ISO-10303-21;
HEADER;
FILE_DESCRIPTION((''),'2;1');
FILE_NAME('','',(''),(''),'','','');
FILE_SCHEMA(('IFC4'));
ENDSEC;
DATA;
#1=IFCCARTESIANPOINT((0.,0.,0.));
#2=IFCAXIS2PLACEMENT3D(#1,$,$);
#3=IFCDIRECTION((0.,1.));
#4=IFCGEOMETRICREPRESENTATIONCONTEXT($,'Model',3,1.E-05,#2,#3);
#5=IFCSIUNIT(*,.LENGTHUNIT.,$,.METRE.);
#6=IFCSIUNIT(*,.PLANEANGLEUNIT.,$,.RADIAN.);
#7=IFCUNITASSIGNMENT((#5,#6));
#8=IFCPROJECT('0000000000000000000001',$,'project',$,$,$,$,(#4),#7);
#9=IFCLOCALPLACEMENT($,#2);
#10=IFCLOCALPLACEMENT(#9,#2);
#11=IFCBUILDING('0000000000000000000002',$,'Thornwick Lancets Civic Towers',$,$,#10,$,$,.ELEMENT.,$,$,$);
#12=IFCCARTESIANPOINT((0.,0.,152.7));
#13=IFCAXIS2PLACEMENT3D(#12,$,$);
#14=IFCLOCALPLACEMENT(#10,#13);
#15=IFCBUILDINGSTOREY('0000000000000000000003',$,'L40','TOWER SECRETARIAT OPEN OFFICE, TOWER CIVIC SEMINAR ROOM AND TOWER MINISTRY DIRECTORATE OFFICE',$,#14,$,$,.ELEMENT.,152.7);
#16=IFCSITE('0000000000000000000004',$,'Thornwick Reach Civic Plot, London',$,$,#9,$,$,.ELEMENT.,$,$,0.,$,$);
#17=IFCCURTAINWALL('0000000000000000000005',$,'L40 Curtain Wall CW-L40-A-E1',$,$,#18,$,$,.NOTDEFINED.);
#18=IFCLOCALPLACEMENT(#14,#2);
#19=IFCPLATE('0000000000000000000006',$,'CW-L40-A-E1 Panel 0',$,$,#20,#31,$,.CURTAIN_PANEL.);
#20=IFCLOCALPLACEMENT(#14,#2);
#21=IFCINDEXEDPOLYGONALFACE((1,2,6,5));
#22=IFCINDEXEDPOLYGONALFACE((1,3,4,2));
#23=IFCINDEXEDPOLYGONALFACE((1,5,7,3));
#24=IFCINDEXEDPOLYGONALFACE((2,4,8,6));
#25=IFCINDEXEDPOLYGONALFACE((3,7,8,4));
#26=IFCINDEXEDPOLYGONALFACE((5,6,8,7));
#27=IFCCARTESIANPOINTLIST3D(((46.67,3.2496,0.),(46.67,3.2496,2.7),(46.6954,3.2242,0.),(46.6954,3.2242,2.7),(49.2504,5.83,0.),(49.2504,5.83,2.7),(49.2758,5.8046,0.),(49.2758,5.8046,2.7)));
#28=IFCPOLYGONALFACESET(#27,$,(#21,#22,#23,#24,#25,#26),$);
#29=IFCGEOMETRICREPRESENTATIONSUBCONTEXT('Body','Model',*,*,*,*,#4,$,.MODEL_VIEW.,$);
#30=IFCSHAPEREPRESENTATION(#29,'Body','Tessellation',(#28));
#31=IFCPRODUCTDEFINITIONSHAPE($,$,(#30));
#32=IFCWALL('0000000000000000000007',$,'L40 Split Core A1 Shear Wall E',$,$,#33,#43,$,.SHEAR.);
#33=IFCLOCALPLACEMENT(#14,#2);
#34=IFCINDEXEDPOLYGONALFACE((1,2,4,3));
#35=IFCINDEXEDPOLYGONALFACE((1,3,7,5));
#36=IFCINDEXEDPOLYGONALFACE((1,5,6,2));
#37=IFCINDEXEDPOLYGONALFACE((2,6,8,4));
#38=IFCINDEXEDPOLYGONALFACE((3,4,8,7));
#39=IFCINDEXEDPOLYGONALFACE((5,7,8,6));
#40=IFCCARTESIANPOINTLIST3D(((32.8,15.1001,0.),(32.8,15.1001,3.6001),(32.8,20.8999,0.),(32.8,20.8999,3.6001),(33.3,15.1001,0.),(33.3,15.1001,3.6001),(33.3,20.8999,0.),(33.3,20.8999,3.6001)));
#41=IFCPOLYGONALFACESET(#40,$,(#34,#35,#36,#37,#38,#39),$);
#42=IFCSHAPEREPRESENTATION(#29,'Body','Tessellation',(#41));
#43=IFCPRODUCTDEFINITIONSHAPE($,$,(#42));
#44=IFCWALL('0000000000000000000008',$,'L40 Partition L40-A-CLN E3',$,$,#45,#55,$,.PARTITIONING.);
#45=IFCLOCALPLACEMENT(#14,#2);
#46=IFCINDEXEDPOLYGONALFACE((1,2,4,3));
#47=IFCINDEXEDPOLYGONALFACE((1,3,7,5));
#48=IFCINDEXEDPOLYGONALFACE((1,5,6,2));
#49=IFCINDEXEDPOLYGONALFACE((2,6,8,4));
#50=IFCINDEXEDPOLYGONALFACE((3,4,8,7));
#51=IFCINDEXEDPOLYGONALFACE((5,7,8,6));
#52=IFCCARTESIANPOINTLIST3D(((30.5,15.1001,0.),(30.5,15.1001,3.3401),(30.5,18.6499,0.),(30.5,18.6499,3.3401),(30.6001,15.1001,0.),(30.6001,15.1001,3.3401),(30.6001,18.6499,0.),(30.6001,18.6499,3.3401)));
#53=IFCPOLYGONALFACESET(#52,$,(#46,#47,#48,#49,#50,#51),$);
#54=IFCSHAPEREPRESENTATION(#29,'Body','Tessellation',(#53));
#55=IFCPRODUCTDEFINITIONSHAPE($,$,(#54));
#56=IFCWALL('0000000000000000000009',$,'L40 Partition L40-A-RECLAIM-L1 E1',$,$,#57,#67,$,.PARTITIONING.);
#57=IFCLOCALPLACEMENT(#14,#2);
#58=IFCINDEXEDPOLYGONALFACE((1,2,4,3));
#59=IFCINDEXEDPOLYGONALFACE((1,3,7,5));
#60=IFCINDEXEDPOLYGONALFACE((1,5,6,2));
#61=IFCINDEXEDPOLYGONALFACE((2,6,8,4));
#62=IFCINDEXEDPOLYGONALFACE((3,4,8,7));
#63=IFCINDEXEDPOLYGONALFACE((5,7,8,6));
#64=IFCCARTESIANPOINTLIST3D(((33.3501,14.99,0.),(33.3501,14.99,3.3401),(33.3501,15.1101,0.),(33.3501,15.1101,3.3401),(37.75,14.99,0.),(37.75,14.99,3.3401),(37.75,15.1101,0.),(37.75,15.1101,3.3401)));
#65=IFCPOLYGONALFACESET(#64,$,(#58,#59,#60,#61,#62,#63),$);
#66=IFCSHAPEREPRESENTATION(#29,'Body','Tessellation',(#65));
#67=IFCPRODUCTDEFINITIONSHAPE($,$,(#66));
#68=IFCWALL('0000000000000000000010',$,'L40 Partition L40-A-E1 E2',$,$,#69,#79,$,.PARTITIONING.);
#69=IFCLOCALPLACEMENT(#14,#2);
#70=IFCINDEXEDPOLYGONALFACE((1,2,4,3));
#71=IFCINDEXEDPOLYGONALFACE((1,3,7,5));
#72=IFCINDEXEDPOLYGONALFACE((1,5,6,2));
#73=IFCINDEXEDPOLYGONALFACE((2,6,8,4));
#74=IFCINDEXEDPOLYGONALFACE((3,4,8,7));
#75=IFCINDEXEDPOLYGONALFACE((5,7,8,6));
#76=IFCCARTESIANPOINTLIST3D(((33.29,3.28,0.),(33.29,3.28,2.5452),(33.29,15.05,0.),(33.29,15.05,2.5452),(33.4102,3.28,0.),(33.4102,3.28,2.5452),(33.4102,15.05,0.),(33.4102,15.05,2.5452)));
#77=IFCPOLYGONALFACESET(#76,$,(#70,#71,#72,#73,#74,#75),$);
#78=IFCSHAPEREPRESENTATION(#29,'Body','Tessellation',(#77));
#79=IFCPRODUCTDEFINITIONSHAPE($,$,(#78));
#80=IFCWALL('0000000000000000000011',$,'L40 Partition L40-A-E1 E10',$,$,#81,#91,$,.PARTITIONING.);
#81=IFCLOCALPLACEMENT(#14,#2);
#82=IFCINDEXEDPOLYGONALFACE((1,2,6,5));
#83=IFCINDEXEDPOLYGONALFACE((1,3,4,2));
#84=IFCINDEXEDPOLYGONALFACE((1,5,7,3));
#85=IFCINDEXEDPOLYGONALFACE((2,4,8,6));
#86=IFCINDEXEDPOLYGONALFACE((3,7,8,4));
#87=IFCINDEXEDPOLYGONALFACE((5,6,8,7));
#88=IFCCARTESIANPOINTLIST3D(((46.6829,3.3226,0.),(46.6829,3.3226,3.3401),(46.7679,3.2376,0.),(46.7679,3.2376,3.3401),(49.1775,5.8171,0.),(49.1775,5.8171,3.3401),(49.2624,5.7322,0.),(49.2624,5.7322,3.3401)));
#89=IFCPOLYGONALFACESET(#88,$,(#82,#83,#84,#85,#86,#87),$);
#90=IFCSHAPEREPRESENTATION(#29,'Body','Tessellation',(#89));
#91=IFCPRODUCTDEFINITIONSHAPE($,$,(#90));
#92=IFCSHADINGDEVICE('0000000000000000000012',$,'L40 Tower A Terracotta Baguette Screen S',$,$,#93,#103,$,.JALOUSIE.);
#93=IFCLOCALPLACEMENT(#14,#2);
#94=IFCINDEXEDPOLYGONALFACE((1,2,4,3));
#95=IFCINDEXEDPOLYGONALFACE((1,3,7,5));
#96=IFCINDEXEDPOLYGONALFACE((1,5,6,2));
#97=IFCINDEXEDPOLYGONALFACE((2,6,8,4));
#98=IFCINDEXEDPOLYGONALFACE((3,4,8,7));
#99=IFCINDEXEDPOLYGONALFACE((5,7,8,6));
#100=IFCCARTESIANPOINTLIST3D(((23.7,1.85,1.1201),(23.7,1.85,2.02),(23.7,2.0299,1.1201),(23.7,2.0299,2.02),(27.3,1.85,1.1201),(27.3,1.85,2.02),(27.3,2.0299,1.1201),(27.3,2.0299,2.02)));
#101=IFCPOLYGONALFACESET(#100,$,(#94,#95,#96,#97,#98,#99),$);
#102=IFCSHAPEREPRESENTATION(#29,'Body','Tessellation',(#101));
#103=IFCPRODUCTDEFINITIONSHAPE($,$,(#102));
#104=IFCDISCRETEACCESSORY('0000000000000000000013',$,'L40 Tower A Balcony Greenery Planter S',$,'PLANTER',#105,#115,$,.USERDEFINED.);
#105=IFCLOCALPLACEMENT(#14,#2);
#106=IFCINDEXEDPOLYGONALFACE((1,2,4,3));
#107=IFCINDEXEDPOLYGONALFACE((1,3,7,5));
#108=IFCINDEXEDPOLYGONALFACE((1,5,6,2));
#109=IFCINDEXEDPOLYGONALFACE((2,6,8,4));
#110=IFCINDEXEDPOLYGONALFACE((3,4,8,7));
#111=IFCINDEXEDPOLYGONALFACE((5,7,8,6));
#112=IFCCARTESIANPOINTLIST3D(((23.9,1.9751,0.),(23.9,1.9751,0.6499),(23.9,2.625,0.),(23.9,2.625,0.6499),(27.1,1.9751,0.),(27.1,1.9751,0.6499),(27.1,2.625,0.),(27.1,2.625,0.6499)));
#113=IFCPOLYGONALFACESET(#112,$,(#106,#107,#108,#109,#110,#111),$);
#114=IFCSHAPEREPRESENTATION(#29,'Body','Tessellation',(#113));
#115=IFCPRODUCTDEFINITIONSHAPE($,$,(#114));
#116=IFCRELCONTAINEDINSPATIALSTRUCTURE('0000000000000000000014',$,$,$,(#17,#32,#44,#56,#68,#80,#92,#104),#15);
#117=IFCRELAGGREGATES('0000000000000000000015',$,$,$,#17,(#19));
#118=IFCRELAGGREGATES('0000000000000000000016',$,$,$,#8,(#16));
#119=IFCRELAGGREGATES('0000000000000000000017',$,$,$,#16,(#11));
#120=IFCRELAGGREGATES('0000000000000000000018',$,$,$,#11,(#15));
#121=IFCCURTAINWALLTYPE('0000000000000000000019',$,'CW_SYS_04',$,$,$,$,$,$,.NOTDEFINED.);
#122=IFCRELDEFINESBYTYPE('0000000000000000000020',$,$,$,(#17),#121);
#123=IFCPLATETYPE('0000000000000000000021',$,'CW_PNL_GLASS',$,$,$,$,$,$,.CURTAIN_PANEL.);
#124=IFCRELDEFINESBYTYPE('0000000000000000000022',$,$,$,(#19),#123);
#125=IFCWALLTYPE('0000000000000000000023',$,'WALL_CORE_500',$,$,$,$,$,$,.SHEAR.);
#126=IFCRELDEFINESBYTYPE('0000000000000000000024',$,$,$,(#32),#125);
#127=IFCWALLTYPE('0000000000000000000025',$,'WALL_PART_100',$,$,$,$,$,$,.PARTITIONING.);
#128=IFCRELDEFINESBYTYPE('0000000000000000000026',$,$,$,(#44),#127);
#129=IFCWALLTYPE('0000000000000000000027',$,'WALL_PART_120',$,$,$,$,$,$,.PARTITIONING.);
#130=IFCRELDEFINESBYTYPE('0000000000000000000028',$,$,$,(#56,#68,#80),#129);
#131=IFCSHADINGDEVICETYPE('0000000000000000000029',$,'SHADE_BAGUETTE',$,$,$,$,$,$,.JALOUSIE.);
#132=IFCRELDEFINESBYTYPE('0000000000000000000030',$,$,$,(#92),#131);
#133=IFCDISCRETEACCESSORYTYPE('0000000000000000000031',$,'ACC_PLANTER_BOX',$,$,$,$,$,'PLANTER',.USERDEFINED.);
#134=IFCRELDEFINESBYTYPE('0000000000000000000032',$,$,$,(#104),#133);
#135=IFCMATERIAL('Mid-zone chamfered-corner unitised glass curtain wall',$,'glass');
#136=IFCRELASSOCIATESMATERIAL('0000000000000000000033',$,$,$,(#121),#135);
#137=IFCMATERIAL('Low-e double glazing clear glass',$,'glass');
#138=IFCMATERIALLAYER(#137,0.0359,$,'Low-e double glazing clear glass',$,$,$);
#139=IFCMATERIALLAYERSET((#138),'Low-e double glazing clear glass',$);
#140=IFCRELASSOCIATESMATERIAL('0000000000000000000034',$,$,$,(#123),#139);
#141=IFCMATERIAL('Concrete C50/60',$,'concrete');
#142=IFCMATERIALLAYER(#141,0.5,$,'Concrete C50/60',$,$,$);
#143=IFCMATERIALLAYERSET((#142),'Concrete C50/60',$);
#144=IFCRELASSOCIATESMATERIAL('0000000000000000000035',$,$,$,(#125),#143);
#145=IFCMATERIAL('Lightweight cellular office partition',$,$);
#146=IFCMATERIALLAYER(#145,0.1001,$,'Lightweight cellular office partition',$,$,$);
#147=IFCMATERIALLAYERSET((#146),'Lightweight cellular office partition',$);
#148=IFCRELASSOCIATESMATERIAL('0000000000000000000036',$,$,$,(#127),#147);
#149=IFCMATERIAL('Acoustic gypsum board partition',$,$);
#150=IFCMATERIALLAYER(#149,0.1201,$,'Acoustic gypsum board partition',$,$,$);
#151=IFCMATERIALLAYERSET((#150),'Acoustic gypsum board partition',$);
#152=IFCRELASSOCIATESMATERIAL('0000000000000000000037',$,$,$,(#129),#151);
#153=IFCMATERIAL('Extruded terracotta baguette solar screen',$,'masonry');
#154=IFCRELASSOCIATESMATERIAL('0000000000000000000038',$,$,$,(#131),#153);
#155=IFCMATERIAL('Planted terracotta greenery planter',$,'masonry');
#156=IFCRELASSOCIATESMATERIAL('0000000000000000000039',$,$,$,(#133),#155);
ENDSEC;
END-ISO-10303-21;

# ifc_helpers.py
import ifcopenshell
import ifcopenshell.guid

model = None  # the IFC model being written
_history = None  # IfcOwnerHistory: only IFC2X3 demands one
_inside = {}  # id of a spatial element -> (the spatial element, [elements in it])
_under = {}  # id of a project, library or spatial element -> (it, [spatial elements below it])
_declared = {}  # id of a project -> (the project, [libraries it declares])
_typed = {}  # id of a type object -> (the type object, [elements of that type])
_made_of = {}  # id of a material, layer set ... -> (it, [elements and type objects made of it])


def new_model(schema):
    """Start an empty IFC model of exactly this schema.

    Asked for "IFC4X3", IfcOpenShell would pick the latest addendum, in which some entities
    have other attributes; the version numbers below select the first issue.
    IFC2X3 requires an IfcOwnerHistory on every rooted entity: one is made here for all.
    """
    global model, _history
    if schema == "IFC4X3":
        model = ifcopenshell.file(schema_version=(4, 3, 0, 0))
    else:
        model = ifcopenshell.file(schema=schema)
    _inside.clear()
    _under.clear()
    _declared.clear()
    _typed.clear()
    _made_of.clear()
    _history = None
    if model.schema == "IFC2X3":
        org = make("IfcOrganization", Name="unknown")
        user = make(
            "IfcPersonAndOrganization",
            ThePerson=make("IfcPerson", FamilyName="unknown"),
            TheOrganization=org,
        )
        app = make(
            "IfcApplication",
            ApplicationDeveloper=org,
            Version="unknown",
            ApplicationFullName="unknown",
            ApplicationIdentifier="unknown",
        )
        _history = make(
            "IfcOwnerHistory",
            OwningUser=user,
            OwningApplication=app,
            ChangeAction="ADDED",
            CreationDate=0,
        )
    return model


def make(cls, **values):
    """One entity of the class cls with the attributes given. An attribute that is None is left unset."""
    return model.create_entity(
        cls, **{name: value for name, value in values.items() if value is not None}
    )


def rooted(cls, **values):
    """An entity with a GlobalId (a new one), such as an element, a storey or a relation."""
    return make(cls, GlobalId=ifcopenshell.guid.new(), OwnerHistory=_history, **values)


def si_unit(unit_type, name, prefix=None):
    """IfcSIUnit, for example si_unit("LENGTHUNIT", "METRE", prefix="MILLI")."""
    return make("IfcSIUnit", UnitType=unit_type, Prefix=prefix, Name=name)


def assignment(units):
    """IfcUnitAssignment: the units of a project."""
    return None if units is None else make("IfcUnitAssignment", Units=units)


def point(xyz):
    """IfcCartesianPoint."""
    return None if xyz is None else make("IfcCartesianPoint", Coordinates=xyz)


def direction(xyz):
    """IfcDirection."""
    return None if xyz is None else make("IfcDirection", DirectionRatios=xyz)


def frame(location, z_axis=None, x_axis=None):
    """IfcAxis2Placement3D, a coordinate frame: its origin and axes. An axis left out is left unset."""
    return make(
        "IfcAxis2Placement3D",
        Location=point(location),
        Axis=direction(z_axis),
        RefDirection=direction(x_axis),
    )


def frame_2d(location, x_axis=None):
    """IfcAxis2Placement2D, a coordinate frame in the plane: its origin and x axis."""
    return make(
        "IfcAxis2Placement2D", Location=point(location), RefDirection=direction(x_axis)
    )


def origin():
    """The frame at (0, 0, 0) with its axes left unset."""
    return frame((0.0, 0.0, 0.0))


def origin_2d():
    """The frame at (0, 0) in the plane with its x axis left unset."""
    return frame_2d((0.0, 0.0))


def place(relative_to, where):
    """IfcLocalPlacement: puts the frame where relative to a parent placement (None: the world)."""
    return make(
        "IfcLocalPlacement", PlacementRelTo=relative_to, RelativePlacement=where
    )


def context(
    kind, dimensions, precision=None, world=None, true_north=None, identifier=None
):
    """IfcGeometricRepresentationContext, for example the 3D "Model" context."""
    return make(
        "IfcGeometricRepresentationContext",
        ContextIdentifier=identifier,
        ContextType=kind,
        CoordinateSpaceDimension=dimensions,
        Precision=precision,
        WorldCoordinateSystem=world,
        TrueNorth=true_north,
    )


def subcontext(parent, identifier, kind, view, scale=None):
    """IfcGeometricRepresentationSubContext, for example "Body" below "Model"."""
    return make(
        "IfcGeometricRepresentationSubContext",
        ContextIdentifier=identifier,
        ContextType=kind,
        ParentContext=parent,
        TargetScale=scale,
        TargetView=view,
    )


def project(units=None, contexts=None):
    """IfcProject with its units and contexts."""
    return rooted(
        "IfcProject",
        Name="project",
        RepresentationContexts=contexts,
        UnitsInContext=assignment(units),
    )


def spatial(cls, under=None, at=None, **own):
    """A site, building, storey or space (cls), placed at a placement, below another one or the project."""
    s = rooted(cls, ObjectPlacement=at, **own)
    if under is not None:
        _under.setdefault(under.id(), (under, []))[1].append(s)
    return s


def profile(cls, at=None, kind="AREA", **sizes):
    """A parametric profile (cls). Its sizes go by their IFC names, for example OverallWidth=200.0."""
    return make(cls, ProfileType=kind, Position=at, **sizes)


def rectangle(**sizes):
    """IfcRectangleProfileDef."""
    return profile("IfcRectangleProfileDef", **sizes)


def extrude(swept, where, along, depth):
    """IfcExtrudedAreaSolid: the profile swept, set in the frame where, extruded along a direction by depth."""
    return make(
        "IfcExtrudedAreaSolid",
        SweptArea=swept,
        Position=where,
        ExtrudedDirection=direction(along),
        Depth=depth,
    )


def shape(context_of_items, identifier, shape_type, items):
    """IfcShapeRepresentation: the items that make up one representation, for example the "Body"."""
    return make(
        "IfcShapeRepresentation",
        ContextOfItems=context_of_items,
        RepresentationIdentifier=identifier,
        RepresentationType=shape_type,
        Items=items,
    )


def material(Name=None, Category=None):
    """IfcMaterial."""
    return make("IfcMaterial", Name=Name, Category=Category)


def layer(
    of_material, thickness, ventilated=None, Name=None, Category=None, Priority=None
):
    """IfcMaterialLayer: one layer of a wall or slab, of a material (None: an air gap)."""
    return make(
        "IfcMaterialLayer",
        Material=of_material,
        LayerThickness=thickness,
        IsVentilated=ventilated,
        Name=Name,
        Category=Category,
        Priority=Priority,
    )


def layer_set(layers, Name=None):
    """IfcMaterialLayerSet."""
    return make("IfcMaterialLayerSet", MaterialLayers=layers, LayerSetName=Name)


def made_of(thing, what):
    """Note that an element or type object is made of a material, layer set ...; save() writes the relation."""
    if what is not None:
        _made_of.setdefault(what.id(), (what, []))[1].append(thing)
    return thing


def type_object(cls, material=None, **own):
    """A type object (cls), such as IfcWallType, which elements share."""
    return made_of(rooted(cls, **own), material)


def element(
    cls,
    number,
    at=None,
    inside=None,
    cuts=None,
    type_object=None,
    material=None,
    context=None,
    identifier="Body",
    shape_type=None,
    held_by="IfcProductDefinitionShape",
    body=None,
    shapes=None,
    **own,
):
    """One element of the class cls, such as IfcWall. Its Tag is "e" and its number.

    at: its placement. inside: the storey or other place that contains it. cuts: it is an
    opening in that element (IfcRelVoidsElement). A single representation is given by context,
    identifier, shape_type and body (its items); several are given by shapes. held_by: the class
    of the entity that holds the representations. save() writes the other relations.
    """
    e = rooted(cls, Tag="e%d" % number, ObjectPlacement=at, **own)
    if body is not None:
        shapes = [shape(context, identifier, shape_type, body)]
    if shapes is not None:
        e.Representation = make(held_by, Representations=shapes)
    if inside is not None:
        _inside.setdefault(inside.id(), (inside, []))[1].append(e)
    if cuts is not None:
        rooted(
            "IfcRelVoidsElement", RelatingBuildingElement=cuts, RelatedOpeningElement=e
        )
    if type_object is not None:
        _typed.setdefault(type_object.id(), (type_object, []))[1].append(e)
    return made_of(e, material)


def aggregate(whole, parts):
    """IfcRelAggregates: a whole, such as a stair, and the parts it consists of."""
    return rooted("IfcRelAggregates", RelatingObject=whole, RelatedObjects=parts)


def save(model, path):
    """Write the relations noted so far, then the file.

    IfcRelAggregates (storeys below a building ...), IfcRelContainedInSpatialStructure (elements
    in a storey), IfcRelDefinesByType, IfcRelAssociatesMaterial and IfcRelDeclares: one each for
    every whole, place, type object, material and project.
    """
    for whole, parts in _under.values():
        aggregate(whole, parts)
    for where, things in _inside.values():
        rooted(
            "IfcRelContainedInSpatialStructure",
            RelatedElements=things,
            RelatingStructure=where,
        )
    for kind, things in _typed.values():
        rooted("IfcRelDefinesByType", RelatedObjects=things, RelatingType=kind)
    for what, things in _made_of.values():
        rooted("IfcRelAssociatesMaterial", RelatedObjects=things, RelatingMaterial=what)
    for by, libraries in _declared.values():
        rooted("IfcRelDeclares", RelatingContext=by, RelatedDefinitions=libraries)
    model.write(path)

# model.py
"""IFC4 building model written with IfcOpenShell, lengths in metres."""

from ifc_helpers import new_model, si_unit, direction, frame, frame_2d, origin, origin_2d, place, context, subcontext, project, spatial, rectangle, extrude, material, layer, layer_set, type_object, element, aggregate, save


model = new_model("IFC4")

# Units and contexts
model_context = context("Model", 3, precision=1e-05, world=origin(), true_north=direction((0.0, 1.0)))
body_context = subcontext(model_context, "Body", "Model", "MODEL_VIEW")
ifc_project = project(units=[si_unit("LENGTHUNIT", "METRE"), si_unit("PLANEANGLEUNIT", "RADIAN")], contexts=[model_context])

# Site, building, storey
site_placement = place(None, origin())
site = spatial("IfcSite", under=ifc_project, at=site_placement, Name="Thornwick Reach Civic Plot, London", CompositionType="ELEMENT", RefElevation=0.0)
building_placement = place(site_placement, origin())
building = spatial("IfcBuilding", under=site, at=building_placement, Name="Thornwick Lancets Civic Towers", CompositionType="ELEMENT")
storey_placement = place(building_placement, frame((0.0, 0.0, 152.7)))
storey = spatial("IfcBuildingStorey", under=building, at=storey_placement, Name="L40", Description="TOWER SECRETARIAT OPEN OFFICE, TOWER CIVIC SEMINAR ROOM AND TOWER MINISTRY DIRECTORATE OFFICE", CompositionType="ELEMENT", Elevation=152.7)

# Shared definitions
ifc_material_1 = material(Name="Concrete C50/60", Category="concrete")

# Curtain wall, plate
ifc_material_2 = material(Name="Mid-zone chamfered-corner unitised glass curtain wall", Category="glass")
curtain_wall_type = type_object("IfcCurtainWallType", Name="CW_SYS_04", PredefinedType="NOTDEFINED", material=ifc_material_2)
curtain_wall_placement = place(storey_placement, origin())
curtain_wall = element("IfcCurtainWall", 1, at=curtain_wall_placement, inside=storey, type_object=curtain_wall_type, Name="L40 Curtain Wall CW-L40-A-E1", PredefinedType="NOTDEFINED")
ifc_material_3 = material(Name="Low-e double glazing clear glass", Category="glass")
ifc_layer_1 = layer(ifc_material_3, 0.0359, Name="Low-e double glazing clear glass")
ifc_layer_set_1 = layer_set([ifc_layer_1], Name="Low-e double glazing clear glass")
plate_type = type_object("IfcPlateType", Name="CW_PNL_GLASS", PredefinedType="CURTAIN_PANEL", material=ifc_layer_set_1)
plate_placement = place(storey_placement, frame((47.9729, 4.5271, 0.0), z_axis=(0.0, 0.0, 1.0), x_axis=(0.707107, 0.707107, 0.0)))
plate = element("IfcPlate", 2, at=plate_placement, type_object=plate_type, Name="CW-L40-A-E1 Panel 0", PredefinedType="CURTAIN_PANEL", context=body_context, shape_type="SweptSolid", body=[
    extrude(rectangle(XDim=3.6492, YDim=0.0359, at=origin_2d()), origin(), (0.0, 0.0, 1.0), 2.7),
])
aggregate(curtain_wall, [plate])

# Walls
ifc_layer_2 = layer(ifc_material_1, 0.5, Name="Concrete C50/60")
ifc_layer_set_2 = layer_set([ifc_layer_2], Name="Concrete C50/60")
wall_type_1 = type_object("IfcWallType", Name="WALL_CORE_500", PredefinedType="SHEAR", material=ifc_layer_set_2)
wall_1_placement = place(storey_placement, frame((33.05, 15.1001, 0.0), z_axis=(0.0, 0.0, 1.0), x_axis=(0.0, 1.0, 0.0)))
element("IfcWall", 3, at=wall_1_placement, inside=storey, type_object=wall_type_1, Name="L40 Split Core A1 Shear Wall E", PredefinedType="SHEAR", context=body_context, shape_type="SweptSolid", body=[
    extrude(rectangle(XDim=5.7998, YDim=0.5, at=frame_2d((2.8999, 0.0))), origin(), (0.0, 0.0, 1.0), 3.6001),
])
ifc_material_4 = material(Name="Lightweight cellular office partition")
ifc_layer_3 = layer(ifc_material_4, 0.1001, Name="Lightweight cellular office partition")
ifc_layer_set_3 = layer_set([ifc_layer_3], Name="Lightweight cellular office partition")
wall_type_2 = type_object("IfcWallType", Name="WALL_PART_100", PredefinedType="PARTITIONING", material=ifc_layer_set_3)
wall_2_placement = place(storey_placement, frame((30.55, 15.1001, 0.0), z_axis=(0.0, 0.0, 1.0), x_axis=(0.0, 1.0, 0.0)))
element("IfcWall", 4, at=wall_2_placement, inside=storey, type_object=wall_type_2, Name="L40 Partition L40-A-CLN E3", PredefinedType="PARTITIONING", context=body_context, shape_type="SweptSolid", body=[
    extrude(rectangle(XDim=3.5498, YDim=0.1001, at=frame_2d((1.7749, 0.0))), origin(), (0.0, 0.0, 1.0), 3.3401),
])
ifc_material_5 = material(Name="Acoustic gypsum board partition")
ifc_layer_4 = layer(ifc_material_5, 0.1201, Name="Acoustic gypsum board partition")
ifc_layer_set_4 = layer_set([ifc_layer_4], Name="Acoustic gypsum board partition")
wall_type_3 = type_object("IfcWallType", Name="WALL_PART_120", PredefinedType="PARTITIONING", material=ifc_layer_set_4)
wall_3_placement = place(storey_placement, frame((37.75, 15.05, 0.0), z_axis=(0.0, 0.0, 1.0), x_axis=(-1.0, 0.0, 0.0)))
element("IfcWall", 5, at=wall_3_placement, inside=storey, type_object=wall_type_3, Name="L40 Partition L40-A-RECLAIM-L1 E1", PredefinedType="PARTITIONING", context=body_context, shape_type="SweptSolid", body=[
    extrude(rectangle(XDim=4.3999, YDim=0.1201, at=frame_2d((2.2, 0.0))), origin(), (0.0, 0.0, 1.0), 3.3401),
])
wall_4_placement = place(storey_placement, frame((33.3501, 3.28, 0.0), z_axis=(0.0, 0.0, 1.0), x_axis=(0.0, 1.0, 0.0)))
element("IfcWall", 6, at=wall_4_placement, inside=storey, type_object=wall_type_3, Name="L40 Partition L40-A-E1 E2", PredefinedType="PARTITIONING", context=body_context, shape_type="SweptSolid", body=[
    extrude(rectangle(XDim=11.77, YDim=0.1201, at=frame_2d((5.885, 0.0))), origin(), (0.0, 0.0, 1.0), 2.5452),
])
wall_5_placement = place(storey_placement, frame((49.22, 5.7747, 0.0), z_axis=(0.0, 0.0, 1.0), x_axis=(-0.707107, -0.707107, 0.0)))
element("IfcWall", 7, at=wall_5_placement, inside=storey, type_object=wall_type_3, Name="L40 Partition L40-A-E1 E10", PredefinedType="PARTITIONING", context=body_context, shape_type="SweptSolid", body=[
    extrude(rectangle(XDim=3.5278, YDim=0.1201, at=frame_2d((1.7639, 0.0))), origin(), (0.0, 0.0, 1.0), 3.3401),
])

# Shading device
ifc_material_6 = material(Name="Extruded terracotta baguette solar screen", Category="masonry")
shading_device_type = type_object("IfcShadingDeviceType", Name="SHADE_BAGUETTE", PredefinedType="JALOUSIE", material=ifc_material_6)
shading_device_placement = place(storey_placement, frame((25.5, 1.9399, 1.1201), z_axis=(0.0, 0.0, 1.0), x_axis=(1.0, 0.0, 0.0)))
element("IfcShadingDevice", 8, at=shading_device_placement, inside=storey, type_object=shading_device_type, Name="L40 Tower A Terracotta Baguette Screen S", PredefinedType="JALOUSIE", context=body_context, shape_type="SweptSolid", body=[
    extrude(rectangle(XDim=3.6001, YDim=0.1799, at=origin_2d()), origin(), (0.0, 0.0, 1.0), 0.8999),
])

# Discrete accessory
ifc_material_7 = material(Name="Planted terracotta greenery planter", Category="masonry")
discrete_accessory_type = type_object("IfcDiscreteAccessoryType", Name="ACC_PLANTER_BOX", ElementType="PLANTER", PredefinedType="USERDEFINED", material=ifc_material_7)
discrete_accessory_placement = place(storey_placement, frame((25.5, 2.3, 0.0), z_axis=(0.0, 0.0, 1.0), x_axis=(1.0, 0.0, 0.0)))
element("IfcDiscreteAccessory", 9, at=discrete_accessory_placement, inside=storey, type_object=discrete_accessory_type, Name="L40 Tower A Balcony Greenery Planter S", ObjectType="PLANTER", PredefinedType="USERDEFINED", context=body_context, shape_type="SweptSolid", body=[
    extrude(rectangle(XDim=3.2, YDim=0.6499, at=origin_2d()), origin(), (0.0, 0.0, 1.0), 0.6499),
])

save(model, "model.ifc")
